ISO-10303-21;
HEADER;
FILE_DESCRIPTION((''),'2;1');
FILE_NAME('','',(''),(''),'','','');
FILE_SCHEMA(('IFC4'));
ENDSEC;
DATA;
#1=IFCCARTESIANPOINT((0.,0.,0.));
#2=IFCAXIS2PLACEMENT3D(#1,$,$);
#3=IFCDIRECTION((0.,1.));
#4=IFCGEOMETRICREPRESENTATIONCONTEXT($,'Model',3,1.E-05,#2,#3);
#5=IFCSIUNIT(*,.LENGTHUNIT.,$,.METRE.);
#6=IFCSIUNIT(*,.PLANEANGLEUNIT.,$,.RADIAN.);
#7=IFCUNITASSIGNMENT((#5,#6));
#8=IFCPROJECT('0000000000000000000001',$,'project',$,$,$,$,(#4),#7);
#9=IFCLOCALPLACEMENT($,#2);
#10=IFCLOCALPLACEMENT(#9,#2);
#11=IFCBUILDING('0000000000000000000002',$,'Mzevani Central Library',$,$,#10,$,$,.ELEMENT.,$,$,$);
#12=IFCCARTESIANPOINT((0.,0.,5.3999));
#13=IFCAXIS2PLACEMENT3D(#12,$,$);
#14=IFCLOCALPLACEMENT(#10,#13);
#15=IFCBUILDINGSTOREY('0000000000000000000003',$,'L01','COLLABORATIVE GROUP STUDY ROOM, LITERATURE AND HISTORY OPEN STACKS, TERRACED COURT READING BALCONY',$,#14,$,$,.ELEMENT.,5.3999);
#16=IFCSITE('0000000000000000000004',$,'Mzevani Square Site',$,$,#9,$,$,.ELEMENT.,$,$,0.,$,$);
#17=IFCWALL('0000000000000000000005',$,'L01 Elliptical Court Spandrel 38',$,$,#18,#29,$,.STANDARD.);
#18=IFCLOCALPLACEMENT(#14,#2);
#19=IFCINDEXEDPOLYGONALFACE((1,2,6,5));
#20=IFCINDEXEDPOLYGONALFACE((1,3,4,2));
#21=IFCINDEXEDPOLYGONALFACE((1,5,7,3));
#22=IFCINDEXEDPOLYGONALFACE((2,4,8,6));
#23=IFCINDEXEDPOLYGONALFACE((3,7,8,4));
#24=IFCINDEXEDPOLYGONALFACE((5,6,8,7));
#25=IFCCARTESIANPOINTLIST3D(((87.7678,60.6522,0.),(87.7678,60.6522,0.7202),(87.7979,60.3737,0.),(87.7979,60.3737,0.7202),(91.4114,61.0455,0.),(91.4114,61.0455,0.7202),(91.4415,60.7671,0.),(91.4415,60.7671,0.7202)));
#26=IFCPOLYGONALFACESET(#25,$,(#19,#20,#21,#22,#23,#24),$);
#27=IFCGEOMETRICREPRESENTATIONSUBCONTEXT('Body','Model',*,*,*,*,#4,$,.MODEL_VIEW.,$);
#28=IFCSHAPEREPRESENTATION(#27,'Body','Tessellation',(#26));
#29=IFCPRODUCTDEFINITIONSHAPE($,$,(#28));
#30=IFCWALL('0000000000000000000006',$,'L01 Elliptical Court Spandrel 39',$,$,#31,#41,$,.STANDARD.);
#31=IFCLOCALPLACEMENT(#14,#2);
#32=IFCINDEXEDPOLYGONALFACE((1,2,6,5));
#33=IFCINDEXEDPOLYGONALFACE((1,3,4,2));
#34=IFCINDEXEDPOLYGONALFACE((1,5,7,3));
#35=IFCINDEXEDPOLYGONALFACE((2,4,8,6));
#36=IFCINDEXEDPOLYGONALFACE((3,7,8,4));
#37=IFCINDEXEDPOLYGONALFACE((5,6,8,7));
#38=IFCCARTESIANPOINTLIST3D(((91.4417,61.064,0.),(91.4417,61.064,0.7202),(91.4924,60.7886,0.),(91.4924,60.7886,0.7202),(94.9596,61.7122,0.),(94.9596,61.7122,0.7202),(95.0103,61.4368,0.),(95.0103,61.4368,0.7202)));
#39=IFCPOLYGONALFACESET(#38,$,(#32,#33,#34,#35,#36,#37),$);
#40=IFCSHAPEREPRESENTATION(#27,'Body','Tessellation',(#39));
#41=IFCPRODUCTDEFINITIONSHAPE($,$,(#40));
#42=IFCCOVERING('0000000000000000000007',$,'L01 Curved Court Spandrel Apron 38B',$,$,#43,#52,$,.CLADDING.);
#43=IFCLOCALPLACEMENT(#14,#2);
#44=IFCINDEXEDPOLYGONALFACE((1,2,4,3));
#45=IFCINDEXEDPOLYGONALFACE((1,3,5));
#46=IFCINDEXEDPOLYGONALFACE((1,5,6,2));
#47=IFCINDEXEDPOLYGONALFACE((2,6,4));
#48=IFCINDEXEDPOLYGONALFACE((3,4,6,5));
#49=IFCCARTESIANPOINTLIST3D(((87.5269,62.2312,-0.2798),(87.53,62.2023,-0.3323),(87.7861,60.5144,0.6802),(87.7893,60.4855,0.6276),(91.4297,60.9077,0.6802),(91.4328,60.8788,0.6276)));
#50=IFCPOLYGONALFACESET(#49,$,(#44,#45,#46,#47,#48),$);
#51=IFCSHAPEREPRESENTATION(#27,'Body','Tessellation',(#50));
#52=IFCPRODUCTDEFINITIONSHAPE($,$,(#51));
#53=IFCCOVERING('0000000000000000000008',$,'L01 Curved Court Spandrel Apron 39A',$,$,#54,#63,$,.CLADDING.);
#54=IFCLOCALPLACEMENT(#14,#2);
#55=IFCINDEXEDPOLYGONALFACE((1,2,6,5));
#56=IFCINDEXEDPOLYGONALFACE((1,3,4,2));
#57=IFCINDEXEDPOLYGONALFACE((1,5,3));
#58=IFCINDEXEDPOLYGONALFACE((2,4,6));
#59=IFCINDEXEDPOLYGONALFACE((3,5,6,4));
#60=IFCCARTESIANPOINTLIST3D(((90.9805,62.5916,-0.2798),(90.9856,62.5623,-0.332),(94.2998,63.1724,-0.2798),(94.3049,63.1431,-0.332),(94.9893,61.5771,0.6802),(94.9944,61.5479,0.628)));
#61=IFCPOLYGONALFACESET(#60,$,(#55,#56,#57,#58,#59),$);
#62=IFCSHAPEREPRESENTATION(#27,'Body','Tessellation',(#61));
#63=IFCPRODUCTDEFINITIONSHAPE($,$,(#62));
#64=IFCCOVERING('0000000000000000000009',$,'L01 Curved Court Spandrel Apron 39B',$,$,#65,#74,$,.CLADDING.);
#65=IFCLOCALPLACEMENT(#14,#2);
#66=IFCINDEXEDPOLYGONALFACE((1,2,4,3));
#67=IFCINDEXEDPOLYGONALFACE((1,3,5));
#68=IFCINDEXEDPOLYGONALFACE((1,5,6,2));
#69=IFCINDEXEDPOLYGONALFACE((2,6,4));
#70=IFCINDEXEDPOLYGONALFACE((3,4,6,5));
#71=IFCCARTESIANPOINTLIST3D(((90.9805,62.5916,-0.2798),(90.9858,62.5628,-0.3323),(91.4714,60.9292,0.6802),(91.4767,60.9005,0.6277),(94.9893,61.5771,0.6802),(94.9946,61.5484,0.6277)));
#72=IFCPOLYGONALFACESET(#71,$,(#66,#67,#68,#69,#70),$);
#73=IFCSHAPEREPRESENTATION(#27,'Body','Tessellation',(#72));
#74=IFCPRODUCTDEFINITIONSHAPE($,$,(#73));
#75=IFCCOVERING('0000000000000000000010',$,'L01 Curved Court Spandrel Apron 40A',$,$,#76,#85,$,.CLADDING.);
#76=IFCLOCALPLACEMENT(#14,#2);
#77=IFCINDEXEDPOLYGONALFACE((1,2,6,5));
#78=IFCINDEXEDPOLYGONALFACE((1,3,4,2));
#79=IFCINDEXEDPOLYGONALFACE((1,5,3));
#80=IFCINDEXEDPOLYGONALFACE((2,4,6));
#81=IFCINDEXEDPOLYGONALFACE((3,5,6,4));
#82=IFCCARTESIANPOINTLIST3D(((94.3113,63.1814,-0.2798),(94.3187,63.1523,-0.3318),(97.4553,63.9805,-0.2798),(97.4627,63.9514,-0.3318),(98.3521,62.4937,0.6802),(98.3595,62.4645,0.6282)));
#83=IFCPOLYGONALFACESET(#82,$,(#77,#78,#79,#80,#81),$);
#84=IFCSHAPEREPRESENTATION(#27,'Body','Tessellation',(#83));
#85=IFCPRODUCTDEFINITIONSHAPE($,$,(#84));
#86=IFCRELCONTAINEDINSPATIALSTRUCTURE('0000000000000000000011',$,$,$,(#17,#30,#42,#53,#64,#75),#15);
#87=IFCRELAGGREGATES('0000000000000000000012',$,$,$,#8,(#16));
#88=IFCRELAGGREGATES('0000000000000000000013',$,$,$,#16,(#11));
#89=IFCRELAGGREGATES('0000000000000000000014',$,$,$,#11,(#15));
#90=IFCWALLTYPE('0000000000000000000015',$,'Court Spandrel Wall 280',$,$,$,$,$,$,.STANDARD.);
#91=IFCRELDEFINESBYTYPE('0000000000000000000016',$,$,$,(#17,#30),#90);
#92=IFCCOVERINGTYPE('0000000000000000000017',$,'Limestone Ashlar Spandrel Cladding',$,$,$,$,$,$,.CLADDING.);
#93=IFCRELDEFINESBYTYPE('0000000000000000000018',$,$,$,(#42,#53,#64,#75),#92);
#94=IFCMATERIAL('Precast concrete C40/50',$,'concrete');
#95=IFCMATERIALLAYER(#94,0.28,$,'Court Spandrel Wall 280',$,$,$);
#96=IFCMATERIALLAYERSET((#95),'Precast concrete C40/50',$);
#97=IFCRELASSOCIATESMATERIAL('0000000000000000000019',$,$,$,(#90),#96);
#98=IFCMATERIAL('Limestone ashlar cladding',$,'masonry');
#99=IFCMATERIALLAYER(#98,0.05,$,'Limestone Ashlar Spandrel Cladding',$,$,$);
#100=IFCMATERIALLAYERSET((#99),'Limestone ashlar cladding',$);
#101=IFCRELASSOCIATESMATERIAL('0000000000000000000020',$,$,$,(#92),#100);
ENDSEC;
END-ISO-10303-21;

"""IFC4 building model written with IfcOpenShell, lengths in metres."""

from ifc_helpers import new_model, si_unit, direction, frame, frame_2d, origin, place, context, subcontext, project, spatial, polyline, rectangle, outline, extrude, material, layer, layer_set, type_object, element, save


model = new_model("IFC4")

# Units and contexts
model_context = context("Model", 3, precision=1e-05, world=origin(), true_north=direction((0.0, 1.0)))
body_context = subcontext(model_context, "Body", "Model", "MODEL_VIEW")
ifc_project = project(units=[si_unit("LENGTHUNIT", "METRE"), si_unit("PLANEANGLEUNIT", "RADIAN")], contexts=[model_context])

# Site, building, storey
site_placement = place(None, origin())
site = spatial("IfcSite", under=ifc_project, at=site_placement, Name="Mzevani Square Site", CompositionType="ELEMENT", RefElevation=0.0)
building_placement = place(site_placement, origin())
building = spatial("IfcBuilding", under=site, at=building_placement, Name="Mzevani Central Library", CompositionType="ELEMENT")
storey_placement = place(building_placement, frame((0.0, 0.0, 5.3999)))
storey = spatial("IfcBuildingStorey", under=building, at=storey_placement, Name="L01", Description="COLLABORATIVE GROUP STUDY ROOM, LITERATURE AND HISTORY OPEN STACKS, TERRACED COURT READING BALCONY", CompositionType="ELEMENT", Elevation=5.3999)

# Walls
ifc_material_1 = material(Name="Precast concrete C40/50", Category="concrete")
ifc_layer_1 = layer(ifc_material_1, 0.28, Name="Court Spandrel Wall 280")
ifc_layer_set_1 = layer_set([ifc_layer_1], Name="Precast concrete C40/50")
wall_type = type_object("IfcWallType", Name="Court Spandrel Wall 280", PredefinedType="STANDARD", material=ifc_layer_set_1)
wall_1_placement = place(storey_placement, frame((87.7827, 60.5129, 0.0), z_axis=(0.0, 0.0, 1.0), x_axis=(0.994224, 0.107323, 0.0)))
element("IfcWall", 1, at=wall_1_placement, inside=storey, type_object=wall_type, Name="L01 Elliptical Court Spandrel 38", PredefinedType="STANDARD", context=body_context, shape_type="SweptSolid", body=[
    extrude(rectangle(XDim=3.6648, YDim=0.28, at=frame_2d((1.8325, 0.0))), origin(), (0.0, 0.0, 1.0), 0.7202),
])
wall_2_placement = place(storey_placement, frame((91.467, 60.9263, 0.0), z_axis=(0.0, 0.0, 1.0), x_axis=(0.983445, 0.181209, 0.0)))
element("IfcWall", 2, at=wall_2_placement, inside=storey, type_object=wall_type, Name="L01 Elliptical Court Spandrel 39", PredefinedType="STANDARD", context=body_context, shape_type="SweptSolid", body=[
    extrude(rectangle(XDim=3.5771, YDim=0.28, at=frame_2d((1.7886, 0.0))), origin(), (0.0, 0.0, 1.0), 0.7202),
])

# Coverings
ifc_material_2 = material(Name="Limestone ashlar cladding", Category="masonry")
ifc_layer_2 = layer(ifc_material_2, 0.05, Name="Limestone Ashlar Spandrel Cladding")
ifc_layer_set_2 = layer_set([ifc_layer_2], Name="Limestone ashlar cladding")
covering_type = type_object("IfcCoveringType", Name="Limestone Ashlar Spandrel Cladding", PredefinedType="CLADDING", material=ifc_layer_set_2)
covering_1_placement = place(storey_placement, frame((87.5269, 62.2312, -0.2798), z_axis=(-0.051965, 0.481394, 0.874962), x_axis=(0.922337, -0.312773, 0.226863)))
element("IfcCovering", 3, at=covering_1_placement, inside=storey, type_object=covering_type, Name="L01 Curved Court Spandrel Apron 38B", PredefinedType="CLADDING", context=body_context, shape_type="SweptSolid", body=[
    extrude(outline(polyline([(0.0, 0.0), (4.2315, 0.0), (0.9939, -1.7171), (0.0, 0.0)])), origin(), (0.0, 0.0, -1.0), 0.0601),
])
covering_2_placement = place(storey_placement, frame((90.9805, 62.5916, -0.2798), z_axis=(-0.085123, 0.486476, 0.869537), x_axis=(0.985034, 0.172359, 0.0)))
element("IfcCovering", 4, at=covering_2_placement, inside=storey, type_object=covering_type, Name="L01 Curved Court Spandrel Apron 39A", PredefinedType="CLADDING", context=body_context, shape_type="SweptSolid", body=[
    extrude(outline(polyline([(0.0, 0.0), (3.3698, 0.0), (3.774, -1.9438), (0.0, 0.0)])), origin(), (0.0, 0.0, -1.0), 0.0601),
])
covering_3_placement = place(storey_placement, frame((90.9805, 62.5916, -0.2798), z_axis=(-0.088132, 0.478485, 0.873662), x_axis=(0.944332, -0.238958, 0.226134)))
element("IfcCovering", 5, at=covering_3_placement, inside=storey, type_object=covering_type, Name="L01 Curved Court Spandrel Apron 39B", PredefinedType="CLADDING", context=body_context, shape_type="SweptSolid", body=[
    extrude(outline(polyline([(0.0, 0.0), (4.2451, 0.0), (1.0779, -1.6625), (0.0, 0.0)])), origin(), (0.0, 0.0, -1.0), 0.0601),
])
covering_4_placement = place(storey_placement, frame((94.3113, 63.1814, -0.2798), z_axis=(-0.123207, 0.484771, 0.86592), x_axis=(0.969188, 0.246323, 0.0)))
element("IfcCovering", 6, at=covering_4_placement, inside=storey, type_object=covering_type, Name="L01 Curved Court Spandrel Apron 40A", PredefinedType="CLADDING", context=body_context, shape_type="SweptSolid", body=[
    extrude(outline(polyline([(0.0, 0.0), (3.244, 0.0), (3.7469, -1.9192), (0.0, 0.0)])), origin(), (0.0, 0.0, -1.0), 0.0601),
])

save(model, "model.ifc")
